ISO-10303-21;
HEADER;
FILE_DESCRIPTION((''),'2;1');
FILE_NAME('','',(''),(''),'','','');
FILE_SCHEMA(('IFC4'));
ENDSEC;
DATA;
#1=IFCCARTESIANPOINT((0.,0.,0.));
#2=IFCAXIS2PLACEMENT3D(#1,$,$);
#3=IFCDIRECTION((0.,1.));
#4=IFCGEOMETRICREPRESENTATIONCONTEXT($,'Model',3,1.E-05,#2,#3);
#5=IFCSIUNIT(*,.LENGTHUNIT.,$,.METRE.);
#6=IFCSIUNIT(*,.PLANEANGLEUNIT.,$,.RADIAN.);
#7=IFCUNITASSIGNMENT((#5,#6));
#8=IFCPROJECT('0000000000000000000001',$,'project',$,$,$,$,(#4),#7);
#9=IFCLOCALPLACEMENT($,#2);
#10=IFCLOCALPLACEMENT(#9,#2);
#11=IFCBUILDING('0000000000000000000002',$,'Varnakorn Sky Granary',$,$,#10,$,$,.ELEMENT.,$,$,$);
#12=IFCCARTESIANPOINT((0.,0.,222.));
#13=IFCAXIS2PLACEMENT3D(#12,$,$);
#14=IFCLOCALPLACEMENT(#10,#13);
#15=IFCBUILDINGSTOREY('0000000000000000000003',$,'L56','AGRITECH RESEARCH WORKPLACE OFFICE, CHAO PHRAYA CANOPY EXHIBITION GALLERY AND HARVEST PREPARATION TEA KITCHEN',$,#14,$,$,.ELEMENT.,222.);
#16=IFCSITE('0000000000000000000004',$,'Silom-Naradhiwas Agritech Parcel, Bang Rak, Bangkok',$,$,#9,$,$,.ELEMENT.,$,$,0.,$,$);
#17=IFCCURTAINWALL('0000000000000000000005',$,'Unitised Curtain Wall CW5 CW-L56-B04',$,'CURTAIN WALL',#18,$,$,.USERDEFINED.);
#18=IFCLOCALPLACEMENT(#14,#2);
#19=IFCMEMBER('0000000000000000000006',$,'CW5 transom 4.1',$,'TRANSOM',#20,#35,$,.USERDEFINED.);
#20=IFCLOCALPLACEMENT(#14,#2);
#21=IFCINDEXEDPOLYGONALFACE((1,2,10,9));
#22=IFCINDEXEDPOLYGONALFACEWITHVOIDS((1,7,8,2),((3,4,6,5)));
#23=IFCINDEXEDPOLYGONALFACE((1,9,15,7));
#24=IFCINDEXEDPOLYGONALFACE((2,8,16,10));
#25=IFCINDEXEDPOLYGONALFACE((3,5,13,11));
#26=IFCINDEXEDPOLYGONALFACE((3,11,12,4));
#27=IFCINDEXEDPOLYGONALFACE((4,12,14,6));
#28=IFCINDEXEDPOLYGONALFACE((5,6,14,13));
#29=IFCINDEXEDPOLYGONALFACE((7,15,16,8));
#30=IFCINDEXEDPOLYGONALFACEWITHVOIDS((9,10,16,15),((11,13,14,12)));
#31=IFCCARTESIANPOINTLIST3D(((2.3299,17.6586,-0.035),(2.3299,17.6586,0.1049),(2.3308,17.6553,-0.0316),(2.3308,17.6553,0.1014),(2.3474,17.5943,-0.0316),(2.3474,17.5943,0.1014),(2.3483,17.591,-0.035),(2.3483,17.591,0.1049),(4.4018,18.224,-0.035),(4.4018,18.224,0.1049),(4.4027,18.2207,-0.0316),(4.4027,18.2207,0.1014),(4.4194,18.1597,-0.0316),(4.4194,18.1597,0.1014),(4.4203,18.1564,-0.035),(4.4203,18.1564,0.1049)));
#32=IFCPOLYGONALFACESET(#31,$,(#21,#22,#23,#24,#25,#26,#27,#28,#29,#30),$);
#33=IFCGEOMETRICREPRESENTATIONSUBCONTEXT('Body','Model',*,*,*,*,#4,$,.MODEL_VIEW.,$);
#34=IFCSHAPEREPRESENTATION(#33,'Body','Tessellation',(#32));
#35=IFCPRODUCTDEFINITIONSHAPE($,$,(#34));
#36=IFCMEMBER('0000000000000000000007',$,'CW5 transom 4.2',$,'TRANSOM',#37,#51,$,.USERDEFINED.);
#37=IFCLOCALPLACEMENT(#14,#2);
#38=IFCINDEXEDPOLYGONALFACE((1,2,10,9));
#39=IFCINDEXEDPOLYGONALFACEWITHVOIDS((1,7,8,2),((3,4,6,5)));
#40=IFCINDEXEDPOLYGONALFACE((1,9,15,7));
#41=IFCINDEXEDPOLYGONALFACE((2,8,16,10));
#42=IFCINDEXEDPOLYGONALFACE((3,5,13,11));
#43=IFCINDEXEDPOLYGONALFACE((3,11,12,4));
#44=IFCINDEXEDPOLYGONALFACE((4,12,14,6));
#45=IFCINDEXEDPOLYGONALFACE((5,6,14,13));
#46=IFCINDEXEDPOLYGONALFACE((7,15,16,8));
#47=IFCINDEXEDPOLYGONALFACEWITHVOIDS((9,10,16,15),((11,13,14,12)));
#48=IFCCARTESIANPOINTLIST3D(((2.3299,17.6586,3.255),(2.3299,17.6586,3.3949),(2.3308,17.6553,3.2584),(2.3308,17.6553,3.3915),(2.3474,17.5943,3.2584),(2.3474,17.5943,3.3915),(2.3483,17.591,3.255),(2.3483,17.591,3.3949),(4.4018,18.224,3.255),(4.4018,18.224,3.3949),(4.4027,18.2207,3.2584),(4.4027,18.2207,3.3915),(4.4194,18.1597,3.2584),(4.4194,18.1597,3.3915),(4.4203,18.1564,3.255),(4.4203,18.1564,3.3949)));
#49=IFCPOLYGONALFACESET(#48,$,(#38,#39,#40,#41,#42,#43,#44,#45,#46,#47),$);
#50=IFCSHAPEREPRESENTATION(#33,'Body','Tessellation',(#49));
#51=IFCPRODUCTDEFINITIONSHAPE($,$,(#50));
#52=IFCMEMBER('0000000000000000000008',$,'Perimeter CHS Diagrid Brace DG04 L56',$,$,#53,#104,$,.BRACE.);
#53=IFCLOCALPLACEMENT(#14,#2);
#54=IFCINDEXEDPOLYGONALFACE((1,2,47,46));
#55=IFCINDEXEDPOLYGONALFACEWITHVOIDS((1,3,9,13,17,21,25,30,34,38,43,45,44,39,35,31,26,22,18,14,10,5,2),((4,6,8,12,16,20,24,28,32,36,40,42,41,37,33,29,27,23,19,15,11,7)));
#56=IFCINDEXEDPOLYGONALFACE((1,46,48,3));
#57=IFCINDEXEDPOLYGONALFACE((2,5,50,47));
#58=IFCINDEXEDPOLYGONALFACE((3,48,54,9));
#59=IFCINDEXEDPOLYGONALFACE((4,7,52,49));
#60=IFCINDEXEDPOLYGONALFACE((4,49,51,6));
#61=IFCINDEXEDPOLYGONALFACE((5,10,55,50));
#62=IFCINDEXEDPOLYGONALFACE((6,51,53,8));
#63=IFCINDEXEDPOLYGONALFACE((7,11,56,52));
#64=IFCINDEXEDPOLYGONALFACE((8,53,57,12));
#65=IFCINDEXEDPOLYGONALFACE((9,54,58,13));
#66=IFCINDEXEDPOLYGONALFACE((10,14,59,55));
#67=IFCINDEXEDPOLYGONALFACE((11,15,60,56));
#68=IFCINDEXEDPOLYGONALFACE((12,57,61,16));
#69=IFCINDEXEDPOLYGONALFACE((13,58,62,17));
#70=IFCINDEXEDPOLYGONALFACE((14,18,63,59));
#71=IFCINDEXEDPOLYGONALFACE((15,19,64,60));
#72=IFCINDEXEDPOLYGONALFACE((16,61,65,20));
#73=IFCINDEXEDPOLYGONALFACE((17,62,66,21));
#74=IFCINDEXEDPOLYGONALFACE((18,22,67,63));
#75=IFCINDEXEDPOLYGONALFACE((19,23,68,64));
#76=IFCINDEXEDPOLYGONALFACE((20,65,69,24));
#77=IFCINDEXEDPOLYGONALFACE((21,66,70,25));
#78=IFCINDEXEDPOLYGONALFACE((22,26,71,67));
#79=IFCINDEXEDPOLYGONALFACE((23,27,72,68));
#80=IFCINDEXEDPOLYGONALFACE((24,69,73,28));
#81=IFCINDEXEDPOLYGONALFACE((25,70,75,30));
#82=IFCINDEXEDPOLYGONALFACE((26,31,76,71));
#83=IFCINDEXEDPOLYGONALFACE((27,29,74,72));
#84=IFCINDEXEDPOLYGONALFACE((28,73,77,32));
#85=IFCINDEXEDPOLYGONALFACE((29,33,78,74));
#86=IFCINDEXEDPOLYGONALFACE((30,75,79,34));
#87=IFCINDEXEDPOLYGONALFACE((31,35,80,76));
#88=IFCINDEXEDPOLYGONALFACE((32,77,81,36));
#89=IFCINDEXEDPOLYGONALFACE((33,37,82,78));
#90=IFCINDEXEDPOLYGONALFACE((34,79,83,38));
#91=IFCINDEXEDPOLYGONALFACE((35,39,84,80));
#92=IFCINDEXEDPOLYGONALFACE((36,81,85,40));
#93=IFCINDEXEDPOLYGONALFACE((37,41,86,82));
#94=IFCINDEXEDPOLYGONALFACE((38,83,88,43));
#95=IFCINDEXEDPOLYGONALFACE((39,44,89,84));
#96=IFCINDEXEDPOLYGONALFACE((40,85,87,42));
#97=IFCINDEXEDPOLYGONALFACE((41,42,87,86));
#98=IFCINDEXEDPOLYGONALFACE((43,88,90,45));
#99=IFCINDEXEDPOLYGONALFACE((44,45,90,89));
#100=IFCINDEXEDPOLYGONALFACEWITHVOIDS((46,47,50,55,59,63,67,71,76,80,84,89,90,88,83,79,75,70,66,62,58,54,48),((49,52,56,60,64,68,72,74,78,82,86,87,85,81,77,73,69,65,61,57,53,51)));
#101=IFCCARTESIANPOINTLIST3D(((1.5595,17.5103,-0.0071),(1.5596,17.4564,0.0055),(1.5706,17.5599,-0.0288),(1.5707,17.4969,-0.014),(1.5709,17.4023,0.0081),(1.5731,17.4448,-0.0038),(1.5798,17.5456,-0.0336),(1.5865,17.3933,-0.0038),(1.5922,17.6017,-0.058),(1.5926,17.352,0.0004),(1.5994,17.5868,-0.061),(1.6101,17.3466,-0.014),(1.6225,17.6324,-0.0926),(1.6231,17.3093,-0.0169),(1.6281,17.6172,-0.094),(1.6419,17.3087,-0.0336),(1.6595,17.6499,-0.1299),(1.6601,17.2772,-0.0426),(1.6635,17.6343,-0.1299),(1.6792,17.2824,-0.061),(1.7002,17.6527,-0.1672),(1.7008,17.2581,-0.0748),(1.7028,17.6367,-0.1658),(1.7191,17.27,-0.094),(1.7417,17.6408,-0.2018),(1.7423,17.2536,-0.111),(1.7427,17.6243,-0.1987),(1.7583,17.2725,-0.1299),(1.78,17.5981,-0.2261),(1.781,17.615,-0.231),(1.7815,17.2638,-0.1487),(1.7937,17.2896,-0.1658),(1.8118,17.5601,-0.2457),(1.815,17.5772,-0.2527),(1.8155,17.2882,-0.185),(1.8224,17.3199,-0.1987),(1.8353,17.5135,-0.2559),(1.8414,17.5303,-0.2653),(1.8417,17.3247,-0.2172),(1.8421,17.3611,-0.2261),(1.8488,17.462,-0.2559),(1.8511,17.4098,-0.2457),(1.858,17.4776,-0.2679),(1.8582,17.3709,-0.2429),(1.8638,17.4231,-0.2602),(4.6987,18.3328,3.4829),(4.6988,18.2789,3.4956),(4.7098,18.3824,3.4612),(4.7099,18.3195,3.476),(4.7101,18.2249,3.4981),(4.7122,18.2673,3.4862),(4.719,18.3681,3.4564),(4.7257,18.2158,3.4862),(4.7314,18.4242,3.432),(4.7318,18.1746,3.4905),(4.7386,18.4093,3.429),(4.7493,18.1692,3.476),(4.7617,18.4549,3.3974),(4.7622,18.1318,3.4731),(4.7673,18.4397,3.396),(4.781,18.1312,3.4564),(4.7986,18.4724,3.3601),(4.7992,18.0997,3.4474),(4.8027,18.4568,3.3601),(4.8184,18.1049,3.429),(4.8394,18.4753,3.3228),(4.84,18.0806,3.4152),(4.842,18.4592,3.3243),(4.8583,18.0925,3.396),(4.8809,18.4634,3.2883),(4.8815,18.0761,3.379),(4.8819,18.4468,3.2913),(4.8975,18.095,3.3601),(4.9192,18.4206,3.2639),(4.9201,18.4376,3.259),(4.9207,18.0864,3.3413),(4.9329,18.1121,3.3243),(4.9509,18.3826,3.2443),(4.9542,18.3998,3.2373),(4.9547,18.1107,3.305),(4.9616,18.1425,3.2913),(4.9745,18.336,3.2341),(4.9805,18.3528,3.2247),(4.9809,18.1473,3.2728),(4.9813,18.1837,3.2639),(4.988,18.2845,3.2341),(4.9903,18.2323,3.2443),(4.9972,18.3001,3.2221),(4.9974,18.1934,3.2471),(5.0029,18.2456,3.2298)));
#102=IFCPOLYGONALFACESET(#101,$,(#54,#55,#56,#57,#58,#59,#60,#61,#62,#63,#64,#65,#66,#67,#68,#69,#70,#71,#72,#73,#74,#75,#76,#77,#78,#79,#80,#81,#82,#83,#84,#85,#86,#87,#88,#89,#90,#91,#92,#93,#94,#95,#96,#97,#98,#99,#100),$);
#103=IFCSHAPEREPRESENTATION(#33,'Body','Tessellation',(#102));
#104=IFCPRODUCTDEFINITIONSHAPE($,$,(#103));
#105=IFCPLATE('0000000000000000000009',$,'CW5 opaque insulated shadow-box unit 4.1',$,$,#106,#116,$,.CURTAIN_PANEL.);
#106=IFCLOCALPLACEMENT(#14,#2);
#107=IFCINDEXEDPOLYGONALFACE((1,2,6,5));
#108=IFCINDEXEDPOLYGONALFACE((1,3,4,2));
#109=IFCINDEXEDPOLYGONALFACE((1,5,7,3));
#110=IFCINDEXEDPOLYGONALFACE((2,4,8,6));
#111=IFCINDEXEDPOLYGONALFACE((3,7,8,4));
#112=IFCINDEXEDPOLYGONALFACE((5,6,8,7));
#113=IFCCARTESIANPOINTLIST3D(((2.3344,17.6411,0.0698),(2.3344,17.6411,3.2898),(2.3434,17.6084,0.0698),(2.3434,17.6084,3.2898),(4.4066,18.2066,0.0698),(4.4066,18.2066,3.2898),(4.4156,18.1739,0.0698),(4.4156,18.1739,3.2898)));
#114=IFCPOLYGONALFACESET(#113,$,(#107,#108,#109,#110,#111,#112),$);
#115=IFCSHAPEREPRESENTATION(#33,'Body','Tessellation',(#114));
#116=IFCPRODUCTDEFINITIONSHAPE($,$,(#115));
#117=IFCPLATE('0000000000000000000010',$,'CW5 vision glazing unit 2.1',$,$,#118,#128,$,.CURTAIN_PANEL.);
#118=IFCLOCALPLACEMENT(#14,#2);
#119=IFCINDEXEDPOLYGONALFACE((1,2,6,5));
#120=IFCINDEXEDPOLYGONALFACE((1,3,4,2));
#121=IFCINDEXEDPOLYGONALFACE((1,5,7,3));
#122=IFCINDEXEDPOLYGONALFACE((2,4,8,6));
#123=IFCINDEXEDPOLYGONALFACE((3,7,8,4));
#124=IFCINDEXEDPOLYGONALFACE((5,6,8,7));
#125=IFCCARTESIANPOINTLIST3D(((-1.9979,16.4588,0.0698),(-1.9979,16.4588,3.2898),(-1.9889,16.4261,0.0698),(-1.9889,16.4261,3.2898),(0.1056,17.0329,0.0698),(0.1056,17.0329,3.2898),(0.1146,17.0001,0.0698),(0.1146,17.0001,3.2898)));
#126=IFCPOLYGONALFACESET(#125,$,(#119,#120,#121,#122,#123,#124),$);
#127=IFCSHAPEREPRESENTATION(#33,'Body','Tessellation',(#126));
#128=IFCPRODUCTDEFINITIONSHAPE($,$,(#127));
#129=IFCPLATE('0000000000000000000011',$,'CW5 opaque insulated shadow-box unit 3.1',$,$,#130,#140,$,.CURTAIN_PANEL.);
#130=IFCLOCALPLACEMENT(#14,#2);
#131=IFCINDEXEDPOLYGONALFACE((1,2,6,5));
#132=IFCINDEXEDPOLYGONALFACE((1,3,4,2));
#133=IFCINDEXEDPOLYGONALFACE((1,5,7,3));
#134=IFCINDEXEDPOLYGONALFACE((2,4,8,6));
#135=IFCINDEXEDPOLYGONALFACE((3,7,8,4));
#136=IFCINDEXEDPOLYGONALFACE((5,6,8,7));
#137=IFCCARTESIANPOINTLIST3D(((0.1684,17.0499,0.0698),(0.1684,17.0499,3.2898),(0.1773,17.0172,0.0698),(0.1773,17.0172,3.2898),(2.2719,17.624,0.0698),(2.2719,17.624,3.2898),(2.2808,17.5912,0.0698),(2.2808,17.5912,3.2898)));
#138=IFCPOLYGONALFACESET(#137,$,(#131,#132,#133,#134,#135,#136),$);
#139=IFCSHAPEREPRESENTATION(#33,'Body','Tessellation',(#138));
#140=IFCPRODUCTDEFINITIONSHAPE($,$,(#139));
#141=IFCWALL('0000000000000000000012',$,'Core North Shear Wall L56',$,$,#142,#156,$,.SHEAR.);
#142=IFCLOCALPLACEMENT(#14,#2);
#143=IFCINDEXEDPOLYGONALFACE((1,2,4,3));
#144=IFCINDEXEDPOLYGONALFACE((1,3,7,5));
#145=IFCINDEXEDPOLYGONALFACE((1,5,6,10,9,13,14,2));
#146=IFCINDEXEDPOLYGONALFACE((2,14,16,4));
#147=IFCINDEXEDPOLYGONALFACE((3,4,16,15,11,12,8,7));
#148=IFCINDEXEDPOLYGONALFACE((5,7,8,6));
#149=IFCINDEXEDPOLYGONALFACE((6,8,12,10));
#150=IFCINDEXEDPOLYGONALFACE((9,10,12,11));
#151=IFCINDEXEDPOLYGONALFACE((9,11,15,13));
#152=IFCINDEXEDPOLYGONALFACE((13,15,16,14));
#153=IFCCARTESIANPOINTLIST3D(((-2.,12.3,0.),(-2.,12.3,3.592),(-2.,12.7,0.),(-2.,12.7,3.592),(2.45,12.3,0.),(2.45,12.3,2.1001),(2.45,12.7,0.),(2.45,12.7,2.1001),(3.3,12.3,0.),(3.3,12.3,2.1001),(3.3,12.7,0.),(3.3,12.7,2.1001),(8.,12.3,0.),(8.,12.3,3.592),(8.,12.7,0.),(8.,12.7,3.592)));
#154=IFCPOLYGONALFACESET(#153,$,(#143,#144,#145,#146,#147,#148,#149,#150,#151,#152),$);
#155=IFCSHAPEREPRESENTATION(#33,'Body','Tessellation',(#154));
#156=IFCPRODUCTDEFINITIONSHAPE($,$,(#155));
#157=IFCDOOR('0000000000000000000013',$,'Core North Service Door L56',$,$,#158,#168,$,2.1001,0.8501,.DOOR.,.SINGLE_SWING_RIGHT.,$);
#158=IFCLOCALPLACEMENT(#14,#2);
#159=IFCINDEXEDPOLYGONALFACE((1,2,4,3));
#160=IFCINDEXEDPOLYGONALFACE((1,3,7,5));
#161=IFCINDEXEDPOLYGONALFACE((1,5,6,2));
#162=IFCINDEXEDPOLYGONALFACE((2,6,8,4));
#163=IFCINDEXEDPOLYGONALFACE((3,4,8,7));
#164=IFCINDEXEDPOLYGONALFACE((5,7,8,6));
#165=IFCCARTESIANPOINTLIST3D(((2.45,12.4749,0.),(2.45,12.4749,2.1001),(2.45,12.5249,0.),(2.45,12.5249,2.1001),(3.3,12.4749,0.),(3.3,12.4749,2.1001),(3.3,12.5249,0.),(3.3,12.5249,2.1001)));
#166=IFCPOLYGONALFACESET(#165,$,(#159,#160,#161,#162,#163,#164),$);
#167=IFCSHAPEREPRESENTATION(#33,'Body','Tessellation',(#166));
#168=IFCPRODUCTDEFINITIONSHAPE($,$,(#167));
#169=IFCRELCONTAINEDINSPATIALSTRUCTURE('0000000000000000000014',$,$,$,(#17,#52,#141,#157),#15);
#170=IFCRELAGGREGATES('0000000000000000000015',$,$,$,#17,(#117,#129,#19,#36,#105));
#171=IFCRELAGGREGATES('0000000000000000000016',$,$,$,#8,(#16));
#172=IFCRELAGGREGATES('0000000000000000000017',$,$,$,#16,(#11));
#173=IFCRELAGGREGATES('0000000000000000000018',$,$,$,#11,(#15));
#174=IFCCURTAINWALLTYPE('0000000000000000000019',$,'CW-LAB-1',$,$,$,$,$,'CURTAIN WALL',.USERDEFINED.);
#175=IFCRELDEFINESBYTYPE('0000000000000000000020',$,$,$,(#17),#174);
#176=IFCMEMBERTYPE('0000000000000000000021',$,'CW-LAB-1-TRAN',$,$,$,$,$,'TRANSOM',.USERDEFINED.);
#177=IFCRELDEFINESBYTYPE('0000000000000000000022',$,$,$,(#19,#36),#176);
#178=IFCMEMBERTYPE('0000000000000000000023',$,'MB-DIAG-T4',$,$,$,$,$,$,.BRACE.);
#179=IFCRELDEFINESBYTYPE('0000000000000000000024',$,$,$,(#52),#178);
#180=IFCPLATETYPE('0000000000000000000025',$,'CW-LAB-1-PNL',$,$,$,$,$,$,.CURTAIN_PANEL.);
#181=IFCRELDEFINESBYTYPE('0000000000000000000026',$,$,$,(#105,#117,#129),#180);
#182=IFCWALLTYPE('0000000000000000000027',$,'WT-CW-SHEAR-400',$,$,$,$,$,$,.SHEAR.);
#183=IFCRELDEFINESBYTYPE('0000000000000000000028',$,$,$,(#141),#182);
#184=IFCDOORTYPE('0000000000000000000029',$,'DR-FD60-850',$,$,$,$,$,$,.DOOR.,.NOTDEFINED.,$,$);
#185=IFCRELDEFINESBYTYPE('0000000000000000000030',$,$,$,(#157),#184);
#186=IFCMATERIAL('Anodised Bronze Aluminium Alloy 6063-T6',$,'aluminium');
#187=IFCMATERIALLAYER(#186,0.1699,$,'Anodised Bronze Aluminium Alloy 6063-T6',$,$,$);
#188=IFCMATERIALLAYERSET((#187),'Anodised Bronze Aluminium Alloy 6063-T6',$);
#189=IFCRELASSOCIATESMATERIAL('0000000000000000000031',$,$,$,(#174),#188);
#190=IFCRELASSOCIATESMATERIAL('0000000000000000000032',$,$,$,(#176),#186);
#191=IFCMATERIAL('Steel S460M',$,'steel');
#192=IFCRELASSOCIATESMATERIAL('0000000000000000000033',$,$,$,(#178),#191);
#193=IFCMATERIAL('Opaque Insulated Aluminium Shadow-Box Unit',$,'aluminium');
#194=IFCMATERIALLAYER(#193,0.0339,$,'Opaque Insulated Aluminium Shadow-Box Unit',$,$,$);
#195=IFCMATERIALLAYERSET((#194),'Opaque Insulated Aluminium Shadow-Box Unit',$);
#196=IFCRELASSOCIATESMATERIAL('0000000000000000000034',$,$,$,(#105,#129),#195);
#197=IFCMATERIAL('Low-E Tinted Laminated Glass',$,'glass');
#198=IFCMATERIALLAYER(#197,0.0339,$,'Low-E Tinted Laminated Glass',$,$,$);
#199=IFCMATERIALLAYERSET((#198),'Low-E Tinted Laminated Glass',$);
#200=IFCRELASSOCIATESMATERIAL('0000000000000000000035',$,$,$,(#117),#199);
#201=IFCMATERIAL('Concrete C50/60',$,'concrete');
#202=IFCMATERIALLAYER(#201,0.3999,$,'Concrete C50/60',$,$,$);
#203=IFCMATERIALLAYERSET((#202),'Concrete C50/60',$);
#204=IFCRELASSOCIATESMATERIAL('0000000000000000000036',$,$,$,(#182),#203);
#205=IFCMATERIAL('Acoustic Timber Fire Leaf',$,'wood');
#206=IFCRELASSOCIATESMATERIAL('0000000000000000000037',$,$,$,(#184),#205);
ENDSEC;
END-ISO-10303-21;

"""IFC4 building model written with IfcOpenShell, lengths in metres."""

from ifc_helpers import new_model, si_unit, direction, frame, frame_2d, origin, origin_2d, place, context, subcontext, project, spatial, rectangle, hollow_rectangle, hollow_circle, extrude, source, transform, mapped, material, layer, layer_set, material_profile, profile_set, type_object, type_shapes, element, fill, aggregate, save


model = new_model("IFC4")

# Units and contexts
model_context = context("Model", 3, precision=1e-05, world=origin(), true_north=direction((0.0, 1.0)))
body_context = subcontext(model_context, "Body", "Model", "MODEL_VIEW")
ifc_project = project(units=[si_unit("LENGTHUNIT", "METRE"), si_unit("PLANEANGLEUNIT", "RADIAN")], contexts=[model_context])

# Site, building, storey
site_placement = place(None, origin())
site = spatial("IfcSite", under=ifc_project, at=site_placement, Name="Silom-Naradhiwas Agritech Parcel, Bang Rak, Bangkok", CompositionType="ELEMENT", RefElevation=0.0)
building_placement = place(site_placement, origin())
building = spatial("IfcBuilding", under=site, at=building_placement, Name="Varnakorn Sky Granary", CompositionType="ELEMENT")
storey_placement = place(building_placement, frame((0.0, 0.0, 222.0)))
storey = spatial("IfcBuildingStorey", under=building, at=storey_placement, Name="L56", Description="AGRITECH RESEARCH WORKPLACE OFFICE, CHAO PHRAYA CANOPY EXHIBITION GALLERY AND HARVEST PREPARATION TEA KITCHEN", CompositionType="ELEMENT", Elevation=222.0)

# Curtain wall, members
ifc_material_1 = material(Name="Anodised Bronze Aluminium Alloy 6063-T6", Category="aluminium")
ifc_layer_1 = layer(ifc_material_1, 0.1699, Name="Anodised Bronze Aluminium Alloy 6063-T6")
ifc_layer_set_1 = layer_set([ifc_layer_1], Name="Anodised Bronze Aluminium Alloy 6063-T6")
curtain_wall_type = type_object("IfcCurtainWallType", Name="CW-LAB-1", ElementType="CURTAIN WALL", PredefinedType="USERDEFINED", material=ifc_layer_set_1)
curtain_wall_placement = place(storey_placement, origin())
curtain_wall = element("IfcCurtainWall", 1, at=curtain_wall_placement, inside=storey, type_object=curtain_wall_type, Name="Unitised Curtain Wall CW5 CW-L56-B04", ObjectType="CURTAIN WALL", PredefinedType="USERDEFINED")
ifc_material_profile_1 = material_profile(ifc_material_1, hollow_rectangle(XDim=0.0701, YDim=0.1399, WallThickness=0.0034, at=origin_2d()), Name="ALU TRAN 70x140")
ifc_profile_set_1 = profile_set([ifc_material_profile_1], Name="Anodised Bronze Aluminium Alloy 6063-T6")
member_type_1 = type_object("IfcMemberType", Name="CW-LAB-1-TRAN", ElementType="TRANSOM", PredefinedType="USERDEFINED", material=ifc_profile_set_1)
member_1_placement = place(storey_placement, frame((2.3391, 17.6248, 0.0349), z_axis=(0.964724, 0.263262, 0.0), x_axis=(-0.263262, 0.964724, 0.0)))
member_1 = element("IfcMember", 2, at=member_1_placement, type_object=member_type_1, Name="CW5 transom 4.1", ObjectType="TRANSOM", PredefinedType="USERDEFINED", context=body_context, shape_type="SweptSolid", body=[
    extrude(hollow_rectangle(XDim=0.0701, YDim=0.1399, WallThickness=0.0034, at=origin_2d()), origin(), (0.0, 0.0, 1.0), 2.1477),
])
member_2_placement = place(storey_placement, frame((2.3391, 17.6248, 3.325), z_axis=(0.964724, 0.263262, 0.0), x_axis=(-0.263262, 0.964724, 0.0)))
member_2 = element("IfcMember", 3, at=member_2_placement, type_object=member_type_1, Name="CW5 transom 4.2", ObjectType="TRANSOM", PredefinedType="USERDEFINED", context=body_context, shape_type="SweptSolid", body=[
    extrude(hollow_rectangle(XDim=0.0701, YDim=0.1399, WallThickness=0.0034, at=origin_2d()), origin(), (0.0, 0.0, 1.0), 2.1477),
])

# Member
ifc_material_2 = material(Name="Steel S460M", Category="steel")
ifc_material_profile_2 = material_profile(ifc_material_2, hollow_circle(Radius=0.2031, WallThickness=0.0161, at=origin_2d()), Name="CHS 406.4x16")
ifc_profile_set_2 = profile_set([ifc_material_profile_2], Name="Steel S460M")
member_type_2 = type_object("IfcMemberType", Name="MB-DIAG-T4", PredefinedType="BRACE", material=ifc_profile_set_2)
member_3_placement = place(storey_placement, frame((1.7109, 17.4534, -0.1299), z_axis=(0.658713, 0.172593, 0.732331), x_axis=(-0.25346, 0.967346, 0.0)))
element("IfcMember", 4, at=member_3_placement, inside=storey, type_object=member_type_2, Name="Perimeter CHS Diagrid Brace DG04 L56", PredefinedType="BRACE", context=body_context, shape_type="SweptSolid", body=[
    extrude(hollow_circle(Radius=0.2031, WallThickness=0.0161, at=origin_2d()), origin(), (0.0, 0.0, 1.0), 4.7656),
])

# Plates
ifc_material_3 = material(Name="Opaque Insulated Aluminium Shadow-Box Unit", Category="aluminium")
ifc_layer_2 = layer(ifc_material_3, 0.0339, Name="Opaque Insulated Aluminium Shadow-Box Unit")
ifc_layer_set_2 = layer_set([ifc_layer_2], Name="Opaque Insulated Aluminium Shadow-Box Unit")
plate_type = type_object("IfcPlateType", Name="CW-LAB-1-PNL", PredefinedType="CURTAIN_PANEL")
shared_shape_1 = source(origin(), body_context, "Body", "SweptSolid", [
    extrude(rectangle(XDim=2.1479, YDim=0.0339, at=origin_2d()), origin(), (0.0, 0.0, 1.0), 3.22),
])
plate_1_placement = place(storey_placement, frame((3.375, 17.9075, 0.0698), z_axis=(0.0, 0.0, 1.0), x_axis=(0.964721, 0.263276, 0.0)))
plate_1 = element("IfcPlate", 5, at=plate_1_placement, type_object=plate_type, material=ifc_layer_set_2, Name="CW5 opaque insulated shadow-box unit 4.1", PredefinedType="CURTAIN_PANEL", context=body_context, shape_type="MappedRepresentation", body=[
    mapped(shared_shape_1, transform((0.0, 0.0, 0.0), x_axis=(1.0, 0.0, 0.0), y_axis=(0.0, 1.0, 0.0), z_axis=(0.0, 0.0, 1.0), scale=1.0)),
])
ifc_material_4 = material(Name="Low-E Tinted Laminated Glass", Category="glass")
ifc_layer_3 = layer(ifc_material_4, 0.0339, Name="Low-E Tinted Laminated Glass")
ifc_layer_set_3 = layer_set([ifc_layer_3], Name="Low-E Tinted Laminated Glass")
shared_shape_2 = source(origin(), body_context, "Body", "SweptSolid", [
    extrude(rectangle(XDim=2.1804, YDim=0.0339, at=origin_2d()), origin(), (0.0, 0.0, 1.0), 3.22),
])
type_shapes(plate_type, [shared_shape_1, shared_shape_2])
plate_2_placement = place(storey_placement, frame((-0.9417, 16.7295, 0.0698), z_axis=(0.0, 0.0, 1.0), x_axis=(0.964721, 0.263276, 0.0)))
plate_2 = element("IfcPlate", 6, at=plate_2_placement, type_object=plate_type, material=ifc_layer_set_3, Name="CW5 vision glazing unit 2.1", PredefinedType="CURTAIN_PANEL", context=body_context, shape_type="MappedRepresentation", body=[
    mapped(shared_shape_2, transform((0.0, 0.0, 0.0), x_axis=(1.0, 0.0, 0.0), y_axis=(0.0, 1.0, 0.0), z_axis=(0.0, 0.0, 1.0), scale=1.0)),
])
plate_3_placement = place(storey_placement, frame((1.2246, 17.3206, 0.0698), z_axis=(0.0, 0.0, 1.0), x_axis=(0.964721, 0.263276, 0.0)))
plate_3 = element("IfcPlate", 7, at=plate_3_placement, type_object=plate_type, material=ifc_layer_set_2, Name="CW5 opaque insulated shadow-box unit 3.1", PredefinedType="CURTAIN_PANEL", context=body_context, shape_type="MappedRepresentation", body=[
    mapped(shared_shape_2, transform((0.0, 0.0, 0.0), x_axis=(1.0, 0.0, 0.0), y_axis=(0.0, 1.0, 0.0), z_axis=(0.0, 0.0, 1.0), scale=1.0)),
])
aggregate(curtain_wall, [plate_2, plate_3, member_1, member_2, plate_1])

# Wall, opening, door
ifc_material_5 = material(Name="Concrete C50/60", Category="concrete")
ifc_layer_4 = layer(ifc_material_5, 0.3999, Name="Concrete C50/60")
ifc_layer_set_4 = layer_set([ifc_layer_4], Name="Concrete C50/60")
wall_type_1 = type_object("IfcWallType", Name="WT-CW-SHEAR-400", PredefinedType="SHEAR", material=ifc_layer_set_4)
wall_1_placement = place(storey_placement, frame((-2.0, 12.5, 0.0), z_axis=(0.0, 0.0, 1.0), x_axis=(1.0, 0.0, 0.0)))
wall_1 = element("IfcWall", 8, at=wall_1_placement, inside=storey, type_object=wall_type_1, Name="Core North Shear Wall L56", PredefinedType="SHEAR", context=body_context, shape_type="SweptSolid", body=[
    extrude(rectangle(XDim=10.0, YDim=0.3999, at=frame_2d((5.0, 0.0))), origin(), (0.0, 0.0, 1.0), 3.592),
])
opening_1_placement = place(wall_1_placement, frame((4.45, 0.0, 0.0)))
opening_1 = element("IfcOpeningElement", 9, at=opening_1_placement, cuts=wall_1, PredefinedType="OPENING", context=body_context, shape_type="SweptSolid", body=[
    extrude(rectangle(XDim=0.8501, YDim=2.1001, at=frame_2d((0.425, 1.05))), frame((0.0, 0.21, 0.0), z_axis=(0.0, -1.0, 0.0), x_axis=(1.0, 0.0, 0.0)), (0.0, 0.0, 1.0), 0.4199),
])
ifc_material_6 = material(Name="Acoustic Timber Fire Leaf", Category="wood")
door_type_1 = type_object("IfcDoorType", Name="DR-FD60-850", OperationType="NOTDEFINED", PredefinedType="DOOR", material=ifc_material_6)
door_1_placement = place(opening_1_placement, origin())
door_1 = element("IfcDoor", 10, at=door_1_placement, inside=storey, type_object=door_type_1, Name="Core North Service Door L56", OperationType="SINGLE_SWING_RIGHT", OverallHeight=2.1001, OverallWidth=0.8501, PredefinedType="DOOR", context=body_context, shape_type="SweptSolid", body=[
    extrude(rectangle(XDim=0.8501, YDim=2.1001, at=frame_2d((0.425, 1.05))), frame((0.0, 0.0249, 0.0), z_axis=(0.0, -1.0, 0.0), x_axis=(1.0, 0.0, 0.0)), (0.0, 0.0, 1.0), 0.05),
])
fill(opening_1, door_1)

save(model, "model.ifc")
